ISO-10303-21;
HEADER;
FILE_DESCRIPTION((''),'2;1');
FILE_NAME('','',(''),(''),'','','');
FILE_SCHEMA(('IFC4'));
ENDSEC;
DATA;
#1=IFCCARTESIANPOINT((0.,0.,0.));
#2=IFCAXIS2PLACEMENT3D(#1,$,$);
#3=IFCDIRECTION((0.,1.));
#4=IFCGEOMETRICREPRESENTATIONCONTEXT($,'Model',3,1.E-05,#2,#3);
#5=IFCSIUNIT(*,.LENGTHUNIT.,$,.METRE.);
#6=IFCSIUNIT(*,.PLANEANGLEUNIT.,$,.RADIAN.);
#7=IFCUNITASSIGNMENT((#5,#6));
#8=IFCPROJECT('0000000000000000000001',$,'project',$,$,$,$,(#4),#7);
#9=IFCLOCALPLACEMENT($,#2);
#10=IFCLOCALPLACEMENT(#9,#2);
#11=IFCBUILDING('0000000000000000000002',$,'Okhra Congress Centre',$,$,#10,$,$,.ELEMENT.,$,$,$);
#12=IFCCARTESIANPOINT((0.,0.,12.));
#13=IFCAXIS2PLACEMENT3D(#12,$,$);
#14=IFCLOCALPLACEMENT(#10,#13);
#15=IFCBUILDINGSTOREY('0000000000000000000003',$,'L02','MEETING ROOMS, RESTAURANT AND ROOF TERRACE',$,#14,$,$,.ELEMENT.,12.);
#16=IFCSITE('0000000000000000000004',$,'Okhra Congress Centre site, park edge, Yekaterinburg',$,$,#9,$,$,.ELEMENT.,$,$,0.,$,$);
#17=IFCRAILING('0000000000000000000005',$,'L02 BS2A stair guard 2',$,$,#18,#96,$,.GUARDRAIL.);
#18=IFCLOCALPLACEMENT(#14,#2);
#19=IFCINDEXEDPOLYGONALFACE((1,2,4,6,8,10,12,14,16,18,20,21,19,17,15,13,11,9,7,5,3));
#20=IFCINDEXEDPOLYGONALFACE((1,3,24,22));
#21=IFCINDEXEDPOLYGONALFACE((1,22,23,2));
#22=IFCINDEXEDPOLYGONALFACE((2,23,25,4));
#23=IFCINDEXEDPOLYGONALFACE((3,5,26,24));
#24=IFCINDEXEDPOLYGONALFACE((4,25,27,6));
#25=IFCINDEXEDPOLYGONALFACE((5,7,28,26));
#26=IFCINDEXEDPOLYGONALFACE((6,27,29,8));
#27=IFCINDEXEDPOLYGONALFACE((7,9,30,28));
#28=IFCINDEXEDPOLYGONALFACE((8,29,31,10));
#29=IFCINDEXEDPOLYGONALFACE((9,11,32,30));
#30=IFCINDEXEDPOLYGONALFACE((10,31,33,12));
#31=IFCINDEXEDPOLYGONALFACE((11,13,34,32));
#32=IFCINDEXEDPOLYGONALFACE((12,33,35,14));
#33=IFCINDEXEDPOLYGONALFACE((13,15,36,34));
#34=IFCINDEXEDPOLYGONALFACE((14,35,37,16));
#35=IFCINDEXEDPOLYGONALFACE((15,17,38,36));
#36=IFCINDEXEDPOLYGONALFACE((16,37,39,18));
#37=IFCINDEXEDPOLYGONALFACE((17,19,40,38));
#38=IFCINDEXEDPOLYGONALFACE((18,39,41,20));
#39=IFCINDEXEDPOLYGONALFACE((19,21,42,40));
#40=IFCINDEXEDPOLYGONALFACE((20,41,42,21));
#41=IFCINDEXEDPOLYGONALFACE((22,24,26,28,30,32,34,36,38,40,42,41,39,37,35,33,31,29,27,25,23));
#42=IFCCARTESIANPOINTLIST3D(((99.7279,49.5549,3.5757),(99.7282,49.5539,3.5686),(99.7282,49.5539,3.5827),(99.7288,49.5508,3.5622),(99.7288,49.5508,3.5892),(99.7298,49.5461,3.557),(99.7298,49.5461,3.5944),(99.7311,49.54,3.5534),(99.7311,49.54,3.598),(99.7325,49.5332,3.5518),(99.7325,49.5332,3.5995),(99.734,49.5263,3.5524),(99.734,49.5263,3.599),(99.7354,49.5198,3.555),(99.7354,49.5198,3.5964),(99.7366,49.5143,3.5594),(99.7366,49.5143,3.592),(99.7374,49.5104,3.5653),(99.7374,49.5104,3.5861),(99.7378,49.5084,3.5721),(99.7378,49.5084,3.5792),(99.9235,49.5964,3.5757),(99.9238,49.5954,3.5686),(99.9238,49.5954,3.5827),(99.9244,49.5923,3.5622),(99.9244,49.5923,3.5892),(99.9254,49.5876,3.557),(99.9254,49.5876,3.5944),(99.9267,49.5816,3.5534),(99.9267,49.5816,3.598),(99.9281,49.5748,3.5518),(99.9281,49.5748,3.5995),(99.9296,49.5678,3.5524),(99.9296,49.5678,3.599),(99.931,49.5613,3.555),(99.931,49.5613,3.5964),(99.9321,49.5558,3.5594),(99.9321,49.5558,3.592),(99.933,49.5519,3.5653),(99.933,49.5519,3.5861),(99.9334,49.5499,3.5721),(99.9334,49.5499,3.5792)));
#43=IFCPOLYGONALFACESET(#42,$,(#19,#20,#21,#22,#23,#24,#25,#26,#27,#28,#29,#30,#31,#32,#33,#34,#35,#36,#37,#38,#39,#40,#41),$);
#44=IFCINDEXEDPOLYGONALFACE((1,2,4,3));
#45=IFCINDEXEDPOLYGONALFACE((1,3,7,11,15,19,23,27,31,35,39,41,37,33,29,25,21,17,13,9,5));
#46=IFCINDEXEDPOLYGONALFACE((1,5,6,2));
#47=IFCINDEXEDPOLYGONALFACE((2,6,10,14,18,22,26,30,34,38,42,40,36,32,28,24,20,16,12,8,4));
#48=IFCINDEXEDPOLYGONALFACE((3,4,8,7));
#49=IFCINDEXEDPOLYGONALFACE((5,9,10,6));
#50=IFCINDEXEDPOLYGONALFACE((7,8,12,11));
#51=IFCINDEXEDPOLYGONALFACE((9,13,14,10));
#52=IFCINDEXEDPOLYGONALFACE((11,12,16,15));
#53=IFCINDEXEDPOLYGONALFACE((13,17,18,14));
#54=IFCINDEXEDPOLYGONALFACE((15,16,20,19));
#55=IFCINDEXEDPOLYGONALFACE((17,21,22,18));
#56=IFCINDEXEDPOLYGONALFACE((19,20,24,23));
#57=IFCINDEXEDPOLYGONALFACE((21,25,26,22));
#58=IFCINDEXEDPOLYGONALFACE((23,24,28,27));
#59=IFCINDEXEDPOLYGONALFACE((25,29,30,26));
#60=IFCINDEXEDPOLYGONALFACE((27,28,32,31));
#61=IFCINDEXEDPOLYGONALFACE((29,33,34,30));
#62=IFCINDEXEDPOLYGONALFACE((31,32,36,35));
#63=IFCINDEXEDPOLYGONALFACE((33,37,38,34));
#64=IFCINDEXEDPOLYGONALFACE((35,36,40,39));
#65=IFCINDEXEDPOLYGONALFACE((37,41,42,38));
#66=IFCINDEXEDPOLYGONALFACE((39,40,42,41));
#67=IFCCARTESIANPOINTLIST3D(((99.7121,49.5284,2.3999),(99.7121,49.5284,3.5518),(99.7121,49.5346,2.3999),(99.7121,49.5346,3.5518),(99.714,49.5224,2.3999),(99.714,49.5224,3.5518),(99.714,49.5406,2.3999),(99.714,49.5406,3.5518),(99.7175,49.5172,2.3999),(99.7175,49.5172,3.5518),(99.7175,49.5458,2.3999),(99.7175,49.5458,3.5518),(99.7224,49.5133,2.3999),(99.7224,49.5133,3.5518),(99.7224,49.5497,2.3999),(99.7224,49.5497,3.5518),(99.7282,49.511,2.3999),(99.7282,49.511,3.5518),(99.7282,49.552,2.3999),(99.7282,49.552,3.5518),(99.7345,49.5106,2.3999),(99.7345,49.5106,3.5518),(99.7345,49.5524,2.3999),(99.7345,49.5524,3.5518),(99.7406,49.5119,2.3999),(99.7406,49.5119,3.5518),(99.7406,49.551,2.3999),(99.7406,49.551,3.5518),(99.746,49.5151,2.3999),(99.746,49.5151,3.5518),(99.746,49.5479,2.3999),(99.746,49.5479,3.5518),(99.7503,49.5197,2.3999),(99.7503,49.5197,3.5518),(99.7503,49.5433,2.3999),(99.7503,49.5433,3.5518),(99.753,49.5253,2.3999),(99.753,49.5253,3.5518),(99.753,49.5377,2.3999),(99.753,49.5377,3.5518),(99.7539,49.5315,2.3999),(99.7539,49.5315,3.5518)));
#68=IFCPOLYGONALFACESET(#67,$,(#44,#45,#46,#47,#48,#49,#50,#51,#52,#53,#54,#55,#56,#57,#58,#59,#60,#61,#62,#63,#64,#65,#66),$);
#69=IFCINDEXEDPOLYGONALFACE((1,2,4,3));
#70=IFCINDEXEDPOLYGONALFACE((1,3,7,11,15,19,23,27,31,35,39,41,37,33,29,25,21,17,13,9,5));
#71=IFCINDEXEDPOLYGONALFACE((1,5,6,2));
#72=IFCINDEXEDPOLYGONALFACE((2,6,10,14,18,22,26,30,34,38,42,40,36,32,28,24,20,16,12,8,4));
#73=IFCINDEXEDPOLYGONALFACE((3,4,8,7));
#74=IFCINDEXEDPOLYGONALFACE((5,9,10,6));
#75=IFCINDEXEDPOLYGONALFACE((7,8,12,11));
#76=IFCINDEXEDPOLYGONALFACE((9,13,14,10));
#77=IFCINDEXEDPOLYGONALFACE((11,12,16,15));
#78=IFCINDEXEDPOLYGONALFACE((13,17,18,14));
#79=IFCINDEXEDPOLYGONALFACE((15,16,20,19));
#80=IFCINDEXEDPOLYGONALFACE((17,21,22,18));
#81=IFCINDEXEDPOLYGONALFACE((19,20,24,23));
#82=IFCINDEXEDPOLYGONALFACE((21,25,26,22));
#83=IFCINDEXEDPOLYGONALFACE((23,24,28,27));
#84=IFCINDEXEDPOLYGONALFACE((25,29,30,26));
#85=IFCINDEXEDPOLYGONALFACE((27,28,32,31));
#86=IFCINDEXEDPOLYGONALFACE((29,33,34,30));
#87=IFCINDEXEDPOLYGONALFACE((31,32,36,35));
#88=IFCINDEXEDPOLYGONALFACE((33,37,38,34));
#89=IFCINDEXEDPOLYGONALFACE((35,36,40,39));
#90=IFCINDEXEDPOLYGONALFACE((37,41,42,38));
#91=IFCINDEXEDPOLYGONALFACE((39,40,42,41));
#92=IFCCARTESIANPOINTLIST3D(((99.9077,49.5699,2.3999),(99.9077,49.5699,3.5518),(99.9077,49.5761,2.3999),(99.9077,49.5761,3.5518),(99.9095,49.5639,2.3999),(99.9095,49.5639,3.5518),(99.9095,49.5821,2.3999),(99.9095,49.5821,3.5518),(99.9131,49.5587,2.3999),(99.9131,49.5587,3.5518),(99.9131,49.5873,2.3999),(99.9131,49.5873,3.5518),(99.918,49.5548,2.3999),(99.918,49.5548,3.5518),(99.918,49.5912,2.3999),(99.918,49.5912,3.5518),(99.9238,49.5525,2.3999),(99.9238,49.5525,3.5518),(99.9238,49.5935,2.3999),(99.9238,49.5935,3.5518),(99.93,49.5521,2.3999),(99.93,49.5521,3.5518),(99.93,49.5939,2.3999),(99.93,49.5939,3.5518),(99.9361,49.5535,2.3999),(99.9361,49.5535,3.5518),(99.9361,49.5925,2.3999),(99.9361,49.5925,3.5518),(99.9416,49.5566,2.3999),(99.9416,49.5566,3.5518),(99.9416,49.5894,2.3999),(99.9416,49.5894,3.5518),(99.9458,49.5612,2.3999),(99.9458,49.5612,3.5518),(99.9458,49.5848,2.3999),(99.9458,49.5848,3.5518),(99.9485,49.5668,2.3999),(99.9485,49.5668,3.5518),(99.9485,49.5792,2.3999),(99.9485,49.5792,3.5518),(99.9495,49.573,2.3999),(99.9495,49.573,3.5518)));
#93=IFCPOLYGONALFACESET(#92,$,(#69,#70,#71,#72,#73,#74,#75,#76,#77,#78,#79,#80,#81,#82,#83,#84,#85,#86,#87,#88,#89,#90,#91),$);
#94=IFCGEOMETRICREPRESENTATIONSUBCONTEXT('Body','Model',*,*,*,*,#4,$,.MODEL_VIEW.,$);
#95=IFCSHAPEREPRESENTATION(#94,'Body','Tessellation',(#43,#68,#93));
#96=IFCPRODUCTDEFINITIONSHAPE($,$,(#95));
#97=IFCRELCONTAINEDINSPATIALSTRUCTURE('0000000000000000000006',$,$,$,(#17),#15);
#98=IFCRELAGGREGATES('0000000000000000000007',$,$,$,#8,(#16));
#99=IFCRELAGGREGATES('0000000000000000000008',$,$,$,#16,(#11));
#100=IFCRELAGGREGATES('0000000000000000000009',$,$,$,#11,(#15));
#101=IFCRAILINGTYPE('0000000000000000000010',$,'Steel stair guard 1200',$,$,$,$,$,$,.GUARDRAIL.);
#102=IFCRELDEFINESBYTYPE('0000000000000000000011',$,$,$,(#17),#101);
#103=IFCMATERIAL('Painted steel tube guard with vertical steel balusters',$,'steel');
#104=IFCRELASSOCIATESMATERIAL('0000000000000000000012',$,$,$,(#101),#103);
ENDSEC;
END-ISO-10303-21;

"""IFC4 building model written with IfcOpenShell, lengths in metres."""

from ifc_helpers import new_model, si_unit, direction, frame, origin, origin_2d, place, context, subcontext, project, spatial, circle, extrude, material, type_object, element, save


model = new_model("IFC4")

# Units and contexts
model_context = context("Model", 3, precision=1e-05, world=origin(), true_north=direction((0.0, 1.0)))
body_context = subcontext(model_context, "Body", "Model", "MODEL_VIEW")
ifc_project = project(units=[si_unit("LENGTHUNIT", "METRE"), si_unit("PLANEANGLEUNIT", "RADIAN")], contexts=[model_context])

# Site, building, storey
site_placement = place(None, origin())
site = spatial("IfcSite", under=ifc_project, at=site_placement, Name="Okhra Congress Centre site, park edge, Yekaterinburg", CompositionType="ELEMENT", RefElevation=0.0)
building_placement = place(site_placement, origin())
building = spatial("IfcBuilding", under=site, at=building_placement, Name="Okhra Congress Centre", CompositionType="ELEMENT")
storey_placement = place(building_placement, frame((0.0, 0.0, 12.0)))
storey = spatial("IfcBuildingStorey", under=building, at=storey_placement, Name="L02", Description="MEETING ROOMS, RESTAURANT AND ROOF TERRACE", CompositionType="ELEMENT", Elevation=12.0)

# Railing
ifc_material_1 = material(Name="Painted steel tube guard with vertical steel balusters", Category="steel")
railing_type_1 = type_object("IfcRailingType", Name="Steel stair guard 1200", PredefinedType="GUARDRAIL", material=ifc_material_1)
railing_1_placement = place(storey_placement, frame((99.7329, 49.5315, 2.3999)))
element("IfcRailing", 1, at=railing_1_placement, inside=storey, type_object=railing_type_1, Name="L02 BS2A stair guard 2", PredefinedType="GUARDRAIL", context=body_context, shape_type="SweptSolid", body=[
    extrude(circle(Radius=0.0239, at=origin_2d()), frame((0.0, 0.0, 1.1758), z_axis=(0.978212, 0.20761, 0.0), x_axis=(-0.20761, 0.978212, 0.0)), (0.0, 0.0, 1.0), 0.2),
    extrude(circle(Radius=0.021, at=origin_2d()), origin(), (0.0, 0.0, 1.0), 1.1519),
    extrude(circle(Radius=0.021, at=origin_2d()), frame((0.1956, 0.0415, 0.0)), (0.0, 0.0, 1.0), 1.1519),
])

save(model, "model.ifc")
